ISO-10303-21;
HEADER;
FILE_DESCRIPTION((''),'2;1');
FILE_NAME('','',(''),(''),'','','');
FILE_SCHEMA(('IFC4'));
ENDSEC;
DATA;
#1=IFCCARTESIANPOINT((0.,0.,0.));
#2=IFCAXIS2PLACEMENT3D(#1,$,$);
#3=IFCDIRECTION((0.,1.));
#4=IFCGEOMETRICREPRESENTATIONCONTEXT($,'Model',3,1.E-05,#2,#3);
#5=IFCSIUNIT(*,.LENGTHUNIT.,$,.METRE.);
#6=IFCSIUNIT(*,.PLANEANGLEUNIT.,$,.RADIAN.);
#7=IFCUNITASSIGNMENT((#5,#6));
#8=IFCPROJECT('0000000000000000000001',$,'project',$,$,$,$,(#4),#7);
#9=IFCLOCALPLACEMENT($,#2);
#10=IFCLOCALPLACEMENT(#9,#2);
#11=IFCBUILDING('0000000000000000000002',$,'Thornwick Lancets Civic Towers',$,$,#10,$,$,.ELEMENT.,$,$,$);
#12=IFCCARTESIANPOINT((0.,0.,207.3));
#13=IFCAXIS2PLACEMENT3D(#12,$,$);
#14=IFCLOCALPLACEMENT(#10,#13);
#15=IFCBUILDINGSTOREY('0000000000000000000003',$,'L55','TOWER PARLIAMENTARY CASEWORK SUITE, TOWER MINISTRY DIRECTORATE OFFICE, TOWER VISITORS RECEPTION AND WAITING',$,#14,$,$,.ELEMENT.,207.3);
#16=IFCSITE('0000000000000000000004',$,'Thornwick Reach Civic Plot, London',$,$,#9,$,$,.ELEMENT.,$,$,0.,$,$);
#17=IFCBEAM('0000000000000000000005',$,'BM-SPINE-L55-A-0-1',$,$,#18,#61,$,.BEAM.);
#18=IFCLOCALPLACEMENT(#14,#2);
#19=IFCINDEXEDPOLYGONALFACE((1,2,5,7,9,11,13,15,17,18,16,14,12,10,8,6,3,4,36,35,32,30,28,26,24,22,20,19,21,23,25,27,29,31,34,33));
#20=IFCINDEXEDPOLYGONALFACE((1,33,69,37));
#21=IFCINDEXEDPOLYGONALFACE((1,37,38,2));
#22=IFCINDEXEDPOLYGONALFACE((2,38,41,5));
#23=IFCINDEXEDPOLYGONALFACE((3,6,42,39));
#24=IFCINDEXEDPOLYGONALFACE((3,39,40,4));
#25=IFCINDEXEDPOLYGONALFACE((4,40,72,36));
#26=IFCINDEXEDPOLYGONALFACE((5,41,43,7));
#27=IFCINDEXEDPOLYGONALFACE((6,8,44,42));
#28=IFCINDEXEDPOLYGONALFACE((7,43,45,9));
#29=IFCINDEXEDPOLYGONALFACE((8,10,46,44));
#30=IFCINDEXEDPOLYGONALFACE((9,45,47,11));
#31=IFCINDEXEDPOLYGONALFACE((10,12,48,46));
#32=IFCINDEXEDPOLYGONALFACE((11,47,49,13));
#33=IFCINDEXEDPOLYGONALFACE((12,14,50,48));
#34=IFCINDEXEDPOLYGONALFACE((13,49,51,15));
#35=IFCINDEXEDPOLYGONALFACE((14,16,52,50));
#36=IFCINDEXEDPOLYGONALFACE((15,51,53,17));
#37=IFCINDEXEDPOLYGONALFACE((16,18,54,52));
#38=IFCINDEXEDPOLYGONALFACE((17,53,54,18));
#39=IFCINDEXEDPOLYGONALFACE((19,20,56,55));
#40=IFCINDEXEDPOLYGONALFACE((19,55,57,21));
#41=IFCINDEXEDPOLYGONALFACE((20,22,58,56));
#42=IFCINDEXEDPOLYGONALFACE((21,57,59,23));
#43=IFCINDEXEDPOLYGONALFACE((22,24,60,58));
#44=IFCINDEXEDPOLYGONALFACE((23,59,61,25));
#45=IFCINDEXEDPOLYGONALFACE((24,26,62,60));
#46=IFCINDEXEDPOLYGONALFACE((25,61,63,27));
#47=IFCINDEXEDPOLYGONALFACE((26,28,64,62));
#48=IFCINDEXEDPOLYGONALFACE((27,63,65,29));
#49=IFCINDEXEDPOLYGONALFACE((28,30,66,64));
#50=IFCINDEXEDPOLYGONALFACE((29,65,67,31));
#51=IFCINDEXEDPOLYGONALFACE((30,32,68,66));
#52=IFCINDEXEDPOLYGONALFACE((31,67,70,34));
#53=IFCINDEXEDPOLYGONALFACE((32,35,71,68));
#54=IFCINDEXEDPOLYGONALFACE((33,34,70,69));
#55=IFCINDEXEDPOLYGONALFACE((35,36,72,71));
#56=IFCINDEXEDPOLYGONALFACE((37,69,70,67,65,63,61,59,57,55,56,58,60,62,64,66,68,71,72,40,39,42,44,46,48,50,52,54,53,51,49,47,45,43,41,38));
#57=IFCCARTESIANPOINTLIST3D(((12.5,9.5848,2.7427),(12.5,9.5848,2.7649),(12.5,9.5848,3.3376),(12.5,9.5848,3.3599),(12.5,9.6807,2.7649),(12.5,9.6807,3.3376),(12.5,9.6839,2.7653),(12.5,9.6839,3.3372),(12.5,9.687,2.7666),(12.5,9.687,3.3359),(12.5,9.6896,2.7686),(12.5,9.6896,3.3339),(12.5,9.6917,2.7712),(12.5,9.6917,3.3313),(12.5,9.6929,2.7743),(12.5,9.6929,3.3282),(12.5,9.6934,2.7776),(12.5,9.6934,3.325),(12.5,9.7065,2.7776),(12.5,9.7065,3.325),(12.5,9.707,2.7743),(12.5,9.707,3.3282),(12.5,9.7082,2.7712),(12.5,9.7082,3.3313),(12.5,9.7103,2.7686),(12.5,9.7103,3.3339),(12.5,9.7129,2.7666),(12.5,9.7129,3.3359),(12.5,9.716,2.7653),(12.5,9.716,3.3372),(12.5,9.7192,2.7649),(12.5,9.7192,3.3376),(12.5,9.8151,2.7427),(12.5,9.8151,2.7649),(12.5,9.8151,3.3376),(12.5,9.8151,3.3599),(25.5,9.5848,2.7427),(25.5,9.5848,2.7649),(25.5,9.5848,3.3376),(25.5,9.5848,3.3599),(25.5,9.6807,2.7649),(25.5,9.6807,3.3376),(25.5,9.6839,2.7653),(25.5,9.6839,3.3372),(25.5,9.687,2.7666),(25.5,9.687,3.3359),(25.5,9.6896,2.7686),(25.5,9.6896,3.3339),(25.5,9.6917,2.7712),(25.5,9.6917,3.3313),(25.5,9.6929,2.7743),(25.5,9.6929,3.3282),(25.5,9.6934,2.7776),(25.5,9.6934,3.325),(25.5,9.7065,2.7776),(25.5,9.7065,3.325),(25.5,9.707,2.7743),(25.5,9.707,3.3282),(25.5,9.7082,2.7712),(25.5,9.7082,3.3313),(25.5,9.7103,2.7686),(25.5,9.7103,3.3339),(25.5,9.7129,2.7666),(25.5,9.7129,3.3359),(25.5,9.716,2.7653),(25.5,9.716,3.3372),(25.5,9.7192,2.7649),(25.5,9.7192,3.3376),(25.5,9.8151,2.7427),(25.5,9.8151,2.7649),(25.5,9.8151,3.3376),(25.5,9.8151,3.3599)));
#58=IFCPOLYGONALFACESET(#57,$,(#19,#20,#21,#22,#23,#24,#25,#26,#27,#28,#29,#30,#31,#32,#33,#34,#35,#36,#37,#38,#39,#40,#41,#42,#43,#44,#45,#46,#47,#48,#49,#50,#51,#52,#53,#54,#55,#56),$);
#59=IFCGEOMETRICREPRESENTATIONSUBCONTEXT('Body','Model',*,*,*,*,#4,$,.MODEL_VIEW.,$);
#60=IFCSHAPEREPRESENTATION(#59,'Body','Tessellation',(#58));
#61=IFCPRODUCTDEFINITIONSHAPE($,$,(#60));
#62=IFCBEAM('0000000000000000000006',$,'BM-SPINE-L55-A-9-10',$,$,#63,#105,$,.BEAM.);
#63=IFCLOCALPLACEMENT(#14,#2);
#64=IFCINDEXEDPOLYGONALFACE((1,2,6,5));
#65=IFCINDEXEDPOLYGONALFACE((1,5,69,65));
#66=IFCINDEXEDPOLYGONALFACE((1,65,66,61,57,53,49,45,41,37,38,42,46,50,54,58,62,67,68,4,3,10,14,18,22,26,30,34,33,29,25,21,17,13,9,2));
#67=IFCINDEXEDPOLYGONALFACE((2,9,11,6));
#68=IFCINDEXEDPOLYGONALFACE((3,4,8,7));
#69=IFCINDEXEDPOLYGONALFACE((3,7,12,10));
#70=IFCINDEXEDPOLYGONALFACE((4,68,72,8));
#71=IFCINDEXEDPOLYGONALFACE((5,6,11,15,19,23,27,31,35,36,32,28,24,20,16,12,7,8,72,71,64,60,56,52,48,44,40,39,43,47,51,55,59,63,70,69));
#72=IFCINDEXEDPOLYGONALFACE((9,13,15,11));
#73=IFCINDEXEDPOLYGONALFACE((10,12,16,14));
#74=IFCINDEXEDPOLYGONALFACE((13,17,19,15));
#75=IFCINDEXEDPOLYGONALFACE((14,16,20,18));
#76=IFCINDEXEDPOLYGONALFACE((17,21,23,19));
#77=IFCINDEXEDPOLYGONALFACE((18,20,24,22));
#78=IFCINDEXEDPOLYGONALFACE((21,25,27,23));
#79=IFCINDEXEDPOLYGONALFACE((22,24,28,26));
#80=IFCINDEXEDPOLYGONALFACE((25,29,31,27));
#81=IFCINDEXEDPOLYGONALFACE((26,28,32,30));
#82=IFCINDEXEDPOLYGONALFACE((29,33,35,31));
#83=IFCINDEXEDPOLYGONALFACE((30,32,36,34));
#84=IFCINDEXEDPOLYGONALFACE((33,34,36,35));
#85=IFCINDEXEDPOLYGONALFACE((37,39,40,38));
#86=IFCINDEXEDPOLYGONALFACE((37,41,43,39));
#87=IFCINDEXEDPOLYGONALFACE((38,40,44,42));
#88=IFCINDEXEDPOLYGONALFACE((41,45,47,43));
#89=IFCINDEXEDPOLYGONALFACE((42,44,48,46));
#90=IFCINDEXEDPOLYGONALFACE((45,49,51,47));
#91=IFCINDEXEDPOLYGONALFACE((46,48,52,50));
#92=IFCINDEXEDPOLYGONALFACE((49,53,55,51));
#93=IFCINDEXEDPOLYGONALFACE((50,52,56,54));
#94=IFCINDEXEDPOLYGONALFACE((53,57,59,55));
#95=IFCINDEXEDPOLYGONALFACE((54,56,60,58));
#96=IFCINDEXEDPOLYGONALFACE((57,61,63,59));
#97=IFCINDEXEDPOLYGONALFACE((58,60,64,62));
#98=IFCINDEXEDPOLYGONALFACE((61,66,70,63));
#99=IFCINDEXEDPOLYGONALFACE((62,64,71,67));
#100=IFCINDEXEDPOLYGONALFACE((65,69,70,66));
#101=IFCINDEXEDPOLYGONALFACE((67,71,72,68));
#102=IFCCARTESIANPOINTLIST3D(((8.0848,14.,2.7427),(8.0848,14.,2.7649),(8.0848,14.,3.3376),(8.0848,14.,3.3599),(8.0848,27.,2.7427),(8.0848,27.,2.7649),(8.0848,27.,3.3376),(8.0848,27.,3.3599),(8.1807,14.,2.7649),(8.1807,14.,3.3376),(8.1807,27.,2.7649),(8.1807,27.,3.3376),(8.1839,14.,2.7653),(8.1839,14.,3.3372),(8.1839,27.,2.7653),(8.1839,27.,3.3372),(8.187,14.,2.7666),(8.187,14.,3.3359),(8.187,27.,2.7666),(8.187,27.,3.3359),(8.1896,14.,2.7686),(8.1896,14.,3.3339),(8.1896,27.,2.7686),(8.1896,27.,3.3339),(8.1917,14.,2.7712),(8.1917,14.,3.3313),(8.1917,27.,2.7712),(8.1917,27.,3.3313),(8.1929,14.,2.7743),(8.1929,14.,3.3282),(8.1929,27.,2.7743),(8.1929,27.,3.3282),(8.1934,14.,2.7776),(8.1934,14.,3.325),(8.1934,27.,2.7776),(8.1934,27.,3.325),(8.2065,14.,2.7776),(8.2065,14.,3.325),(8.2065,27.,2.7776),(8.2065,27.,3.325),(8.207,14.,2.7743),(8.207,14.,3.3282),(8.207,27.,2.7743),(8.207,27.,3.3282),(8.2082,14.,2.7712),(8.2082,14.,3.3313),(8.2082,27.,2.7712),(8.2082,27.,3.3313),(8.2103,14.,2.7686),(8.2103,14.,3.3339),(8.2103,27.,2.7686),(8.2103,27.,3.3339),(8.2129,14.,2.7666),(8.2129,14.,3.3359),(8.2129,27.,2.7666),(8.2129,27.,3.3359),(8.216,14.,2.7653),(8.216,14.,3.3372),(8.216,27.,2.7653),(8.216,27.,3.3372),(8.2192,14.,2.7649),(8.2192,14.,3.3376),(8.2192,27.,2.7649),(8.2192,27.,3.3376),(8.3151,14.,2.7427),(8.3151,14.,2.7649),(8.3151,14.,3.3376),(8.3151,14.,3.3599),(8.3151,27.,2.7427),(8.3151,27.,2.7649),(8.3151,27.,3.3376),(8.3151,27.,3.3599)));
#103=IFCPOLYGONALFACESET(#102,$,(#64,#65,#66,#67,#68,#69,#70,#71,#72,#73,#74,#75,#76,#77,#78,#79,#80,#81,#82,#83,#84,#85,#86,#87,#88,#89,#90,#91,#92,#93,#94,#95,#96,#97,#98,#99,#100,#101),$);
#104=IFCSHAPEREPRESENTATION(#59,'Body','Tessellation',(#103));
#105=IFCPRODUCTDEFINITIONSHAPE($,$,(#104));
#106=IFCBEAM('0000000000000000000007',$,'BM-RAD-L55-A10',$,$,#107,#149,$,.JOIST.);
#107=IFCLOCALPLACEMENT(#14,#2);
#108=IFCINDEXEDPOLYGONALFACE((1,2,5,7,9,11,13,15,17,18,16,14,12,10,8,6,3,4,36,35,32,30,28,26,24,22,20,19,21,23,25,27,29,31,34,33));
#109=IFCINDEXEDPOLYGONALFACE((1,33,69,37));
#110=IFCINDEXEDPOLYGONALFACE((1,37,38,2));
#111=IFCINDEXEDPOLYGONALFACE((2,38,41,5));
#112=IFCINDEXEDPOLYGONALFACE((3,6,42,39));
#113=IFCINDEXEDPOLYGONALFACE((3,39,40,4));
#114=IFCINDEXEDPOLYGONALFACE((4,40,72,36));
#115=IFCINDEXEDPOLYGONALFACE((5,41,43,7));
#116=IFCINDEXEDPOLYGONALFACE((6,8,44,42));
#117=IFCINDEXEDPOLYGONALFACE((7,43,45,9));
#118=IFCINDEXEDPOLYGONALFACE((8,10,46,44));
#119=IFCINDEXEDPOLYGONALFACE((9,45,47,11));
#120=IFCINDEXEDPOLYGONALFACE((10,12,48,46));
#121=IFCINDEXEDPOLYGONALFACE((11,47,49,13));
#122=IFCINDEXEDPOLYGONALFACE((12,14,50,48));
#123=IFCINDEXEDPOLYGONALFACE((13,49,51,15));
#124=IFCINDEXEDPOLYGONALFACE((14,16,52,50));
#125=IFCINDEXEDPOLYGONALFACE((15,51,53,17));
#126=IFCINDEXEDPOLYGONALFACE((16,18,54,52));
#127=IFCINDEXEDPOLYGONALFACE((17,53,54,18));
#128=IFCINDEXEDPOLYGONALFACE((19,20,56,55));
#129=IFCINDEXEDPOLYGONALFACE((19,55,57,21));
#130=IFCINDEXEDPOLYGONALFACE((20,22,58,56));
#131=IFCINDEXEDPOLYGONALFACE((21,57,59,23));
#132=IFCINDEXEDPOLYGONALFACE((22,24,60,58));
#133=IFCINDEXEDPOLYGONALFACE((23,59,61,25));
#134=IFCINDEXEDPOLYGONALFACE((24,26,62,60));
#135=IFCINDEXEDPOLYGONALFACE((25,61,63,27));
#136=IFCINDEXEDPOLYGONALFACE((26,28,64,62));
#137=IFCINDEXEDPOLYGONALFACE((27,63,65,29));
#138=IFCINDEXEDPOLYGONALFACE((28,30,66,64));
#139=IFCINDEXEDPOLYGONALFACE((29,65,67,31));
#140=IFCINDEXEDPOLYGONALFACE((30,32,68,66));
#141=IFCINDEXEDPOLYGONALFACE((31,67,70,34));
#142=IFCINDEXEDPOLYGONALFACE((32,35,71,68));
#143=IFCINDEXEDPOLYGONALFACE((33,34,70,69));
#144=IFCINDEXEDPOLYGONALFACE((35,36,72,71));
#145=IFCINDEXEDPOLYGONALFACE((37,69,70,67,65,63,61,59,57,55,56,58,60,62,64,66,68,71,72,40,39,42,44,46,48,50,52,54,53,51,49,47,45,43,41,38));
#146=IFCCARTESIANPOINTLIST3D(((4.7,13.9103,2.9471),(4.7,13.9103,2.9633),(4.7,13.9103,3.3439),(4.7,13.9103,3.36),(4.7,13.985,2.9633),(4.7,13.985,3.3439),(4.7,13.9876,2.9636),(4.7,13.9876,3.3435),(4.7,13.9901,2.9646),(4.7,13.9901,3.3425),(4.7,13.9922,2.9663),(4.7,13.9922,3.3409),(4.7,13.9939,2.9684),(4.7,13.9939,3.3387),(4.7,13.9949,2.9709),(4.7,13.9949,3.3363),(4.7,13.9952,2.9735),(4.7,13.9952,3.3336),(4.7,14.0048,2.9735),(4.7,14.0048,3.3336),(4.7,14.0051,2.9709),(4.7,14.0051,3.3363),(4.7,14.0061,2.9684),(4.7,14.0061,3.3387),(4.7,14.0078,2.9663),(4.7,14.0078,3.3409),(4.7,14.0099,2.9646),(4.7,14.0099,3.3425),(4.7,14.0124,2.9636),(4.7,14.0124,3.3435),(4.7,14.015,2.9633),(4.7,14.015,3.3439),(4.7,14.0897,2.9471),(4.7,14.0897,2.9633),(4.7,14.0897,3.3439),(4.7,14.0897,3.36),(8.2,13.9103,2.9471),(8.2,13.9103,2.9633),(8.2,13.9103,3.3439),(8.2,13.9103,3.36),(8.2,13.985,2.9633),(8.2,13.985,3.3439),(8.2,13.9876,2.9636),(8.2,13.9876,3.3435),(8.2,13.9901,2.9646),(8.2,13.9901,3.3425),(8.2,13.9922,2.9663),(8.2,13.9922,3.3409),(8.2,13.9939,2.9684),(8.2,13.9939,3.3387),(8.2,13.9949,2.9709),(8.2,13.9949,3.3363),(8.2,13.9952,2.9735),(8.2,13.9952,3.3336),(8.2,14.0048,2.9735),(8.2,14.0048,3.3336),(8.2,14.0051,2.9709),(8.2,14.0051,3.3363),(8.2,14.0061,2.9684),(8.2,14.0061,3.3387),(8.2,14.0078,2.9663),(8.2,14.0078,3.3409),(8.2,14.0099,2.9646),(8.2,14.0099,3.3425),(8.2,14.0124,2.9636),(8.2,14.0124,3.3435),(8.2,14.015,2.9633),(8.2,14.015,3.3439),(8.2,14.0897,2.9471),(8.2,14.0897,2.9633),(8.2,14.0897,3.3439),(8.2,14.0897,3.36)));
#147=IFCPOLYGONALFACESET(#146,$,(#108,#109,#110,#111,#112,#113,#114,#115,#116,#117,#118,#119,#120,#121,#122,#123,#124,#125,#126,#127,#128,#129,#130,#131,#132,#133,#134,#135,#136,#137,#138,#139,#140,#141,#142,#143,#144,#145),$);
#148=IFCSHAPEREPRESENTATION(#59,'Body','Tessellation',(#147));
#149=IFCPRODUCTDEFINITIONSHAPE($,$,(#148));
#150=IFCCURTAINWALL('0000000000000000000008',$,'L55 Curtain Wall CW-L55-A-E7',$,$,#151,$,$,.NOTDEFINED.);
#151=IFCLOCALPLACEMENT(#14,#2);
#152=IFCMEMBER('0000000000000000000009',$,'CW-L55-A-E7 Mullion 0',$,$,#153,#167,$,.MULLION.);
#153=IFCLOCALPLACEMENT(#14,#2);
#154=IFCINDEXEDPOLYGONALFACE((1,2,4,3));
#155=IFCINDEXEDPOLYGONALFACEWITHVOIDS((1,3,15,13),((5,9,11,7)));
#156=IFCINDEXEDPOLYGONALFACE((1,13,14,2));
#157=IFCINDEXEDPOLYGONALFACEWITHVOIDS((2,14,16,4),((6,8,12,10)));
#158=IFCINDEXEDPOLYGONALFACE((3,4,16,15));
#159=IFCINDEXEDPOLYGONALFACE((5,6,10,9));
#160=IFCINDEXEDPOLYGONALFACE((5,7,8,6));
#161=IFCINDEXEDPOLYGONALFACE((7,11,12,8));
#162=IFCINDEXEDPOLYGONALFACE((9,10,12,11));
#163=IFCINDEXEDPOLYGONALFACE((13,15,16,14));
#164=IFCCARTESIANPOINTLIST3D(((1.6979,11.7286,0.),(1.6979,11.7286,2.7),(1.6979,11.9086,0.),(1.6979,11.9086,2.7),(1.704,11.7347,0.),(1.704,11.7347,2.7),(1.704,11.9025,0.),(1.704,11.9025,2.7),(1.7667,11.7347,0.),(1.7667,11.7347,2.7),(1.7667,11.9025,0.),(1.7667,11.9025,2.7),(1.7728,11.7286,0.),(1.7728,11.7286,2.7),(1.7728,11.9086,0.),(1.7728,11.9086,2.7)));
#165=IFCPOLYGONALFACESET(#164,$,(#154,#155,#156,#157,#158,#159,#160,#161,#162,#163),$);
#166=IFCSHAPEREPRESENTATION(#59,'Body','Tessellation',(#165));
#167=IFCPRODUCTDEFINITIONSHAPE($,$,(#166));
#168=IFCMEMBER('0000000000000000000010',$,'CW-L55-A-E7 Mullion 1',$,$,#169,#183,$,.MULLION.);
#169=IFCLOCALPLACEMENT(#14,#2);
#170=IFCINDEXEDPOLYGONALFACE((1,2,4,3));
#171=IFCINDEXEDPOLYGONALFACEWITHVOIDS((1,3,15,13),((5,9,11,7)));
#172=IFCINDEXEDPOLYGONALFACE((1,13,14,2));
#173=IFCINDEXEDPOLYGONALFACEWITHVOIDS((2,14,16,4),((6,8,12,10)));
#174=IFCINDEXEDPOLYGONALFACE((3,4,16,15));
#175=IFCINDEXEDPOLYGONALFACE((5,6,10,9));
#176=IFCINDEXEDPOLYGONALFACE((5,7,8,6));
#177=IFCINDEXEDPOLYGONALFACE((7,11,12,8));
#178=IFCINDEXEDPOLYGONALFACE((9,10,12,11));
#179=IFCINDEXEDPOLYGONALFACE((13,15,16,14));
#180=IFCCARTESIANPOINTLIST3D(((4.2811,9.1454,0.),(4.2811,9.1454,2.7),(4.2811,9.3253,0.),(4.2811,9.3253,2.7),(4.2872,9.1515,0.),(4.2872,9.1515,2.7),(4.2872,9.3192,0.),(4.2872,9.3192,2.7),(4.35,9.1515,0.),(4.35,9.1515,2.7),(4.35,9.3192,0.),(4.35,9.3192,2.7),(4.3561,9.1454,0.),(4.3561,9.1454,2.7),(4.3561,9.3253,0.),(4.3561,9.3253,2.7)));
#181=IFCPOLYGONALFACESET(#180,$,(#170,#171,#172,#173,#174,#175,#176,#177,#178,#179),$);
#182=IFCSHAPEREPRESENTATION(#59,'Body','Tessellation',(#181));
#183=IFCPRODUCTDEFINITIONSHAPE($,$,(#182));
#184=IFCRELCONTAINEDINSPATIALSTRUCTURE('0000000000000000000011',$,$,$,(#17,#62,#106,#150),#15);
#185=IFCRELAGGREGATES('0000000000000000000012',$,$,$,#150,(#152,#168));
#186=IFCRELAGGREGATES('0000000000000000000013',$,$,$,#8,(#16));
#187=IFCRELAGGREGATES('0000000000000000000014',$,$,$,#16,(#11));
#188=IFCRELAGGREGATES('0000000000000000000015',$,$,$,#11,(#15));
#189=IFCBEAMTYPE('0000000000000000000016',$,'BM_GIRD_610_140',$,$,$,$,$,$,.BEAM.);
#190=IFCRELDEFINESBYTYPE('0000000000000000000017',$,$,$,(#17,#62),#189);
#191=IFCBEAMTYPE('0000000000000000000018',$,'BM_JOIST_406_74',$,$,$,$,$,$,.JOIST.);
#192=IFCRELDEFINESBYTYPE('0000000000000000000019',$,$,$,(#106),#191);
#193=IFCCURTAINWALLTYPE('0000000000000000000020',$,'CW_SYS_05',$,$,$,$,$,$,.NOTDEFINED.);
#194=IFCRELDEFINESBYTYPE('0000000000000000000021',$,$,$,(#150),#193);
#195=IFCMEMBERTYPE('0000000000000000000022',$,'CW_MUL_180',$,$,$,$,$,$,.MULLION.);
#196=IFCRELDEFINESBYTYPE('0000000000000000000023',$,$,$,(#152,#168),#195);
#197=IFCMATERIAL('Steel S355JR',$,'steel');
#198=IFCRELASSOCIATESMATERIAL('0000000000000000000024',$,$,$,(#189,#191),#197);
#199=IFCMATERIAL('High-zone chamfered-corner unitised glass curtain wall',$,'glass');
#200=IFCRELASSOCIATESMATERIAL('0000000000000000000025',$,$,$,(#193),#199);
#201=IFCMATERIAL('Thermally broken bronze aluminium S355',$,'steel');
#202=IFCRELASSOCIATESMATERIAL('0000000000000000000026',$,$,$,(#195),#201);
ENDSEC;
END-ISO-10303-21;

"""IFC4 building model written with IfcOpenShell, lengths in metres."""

from ifc_helpers import new_model, si_unit, direction, frame, origin, origin_2d, place, context, subcontext, project, spatial, hollow_rectangle, i_section, extrude, material, material_profile, profile_set, type_object, element, aggregate, save


model = new_model("IFC4")

# Units and contexts
model_context = context("Model", 3, precision=1e-05, world=origin(), true_north=direction((0.0, 1.0)))
body_context = subcontext(model_context, "Body", "Model", "MODEL_VIEW")
ifc_project = project(units=[si_unit("LENGTHUNIT", "METRE"), si_unit("PLANEANGLEUNIT", "RADIAN")], contexts=[model_context])

# Site, building, storey
site_placement = place(None, origin())
site = spatial("IfcSite", under=ifc_project, at=site_placement, Name="Thornwick Reach Civic Plot, London", CompositionType="ELEMENT", RefElevation=0.0)
building_placement = place(site_placement, origin())
building = spatial("IfcBuilding", under=site, at=building_placement, Name="Thornwick Lancets Civic Towers", CompositionType="ELEMENT")
storey_placement = place(building_placement, frame((0.0, 0.0, 207.3)))
storey = spatial("IfcBuildingStorey", under=building, at=storey_placement, Name="L55", Description="TOWER PARLIAMENTARY CASEWORK SUITE, TOWER MINISTRY DIRECTORATE OFFICE, TOWER VISITORS RECEPTION AND WAITING", CompositionType="ELEMENT", Elevation=207.3)

# Shared definitions
ifc_material_1 = material(Name="Steel S355JR", Category="steel")

# Beams
ifc_material_profile_1 = material_profile(ifc_material_1, i_section(OverallWidth=0.2302, OverallDepth=0.6172, WebThickness=0.0132, FlangeThickness=0.0222, FilletRadius=0.0127, at=origin_2d()), Name="UKB 610x229x140")
ifc_profile_set_1 = profile_set([ifc_material_profile_1], Name="Steel S355JR")
beam_type_1 = type_object("IfcBeamType", Name="BM_GIRD_610_140", PredefinedType="BEAM", material=ifc_profile_set_1)
for number, where, z_axis, x_axis, name in (
    (1, (12.5, 9.7, 3.0513), (1.0, 0.0, 0.0), (0.0, 1.0, 0.0), "BM-SPINE-L55-A-0-1"),
    (2, (8.2, 14.0, 3.0513), (0.0, 1.0, 0.0), (-1.0, 0.0, 0.0), "BM-SPINE-L55-A-9-10"),
):
    element("IfcBeam", number, at=place(storey_placement, frame(where, z_axis=z_axis, x_axis=x_axis)), inside=storey, type_object=beam_type_1, Name=name, PredefinedType="BEAM", context=body_context, shape_type="SweptSolid", body=[
        extrude(i_section(OverallWidth=0.2302, OverallDepth=0.6172, WebThickness=0.0132, FlangeThickness=0.0222, FilletRadius=0.0127, at=origin_2d()), origin(), (0.0, 0.0, 1.0), 13.0),
    ])
ifc_material_profile_2 = material_profile(ifc_material_1, i_section(OverallWidth=0.1794, OverallDepth=0.4128, WebThickness=0.0095, FlangeThickness=0.0161, FilletRadius=0.0103, at=origin_2d()), Name="UKB 406x178x74")
ifc_profile_set_2 = profile_set([ifc_material_profile_2], Name="Steel S355JR")
beam_type_2 = type_object("IfcBeamType", Name="BM_JOIST_406_74", PredefinedType="JOIST", material=ifc_profile_set_2)
beam_1_placement = place(storey_placement, frame((8.2, 14.0, 3.1536), z_axis=(-1.0, 0.0, 0.0), x_axis=(0.0, -1.0, 0.0)))
element("IfcBeam", 3, at=beam_1_placement, inside=storey, type_object=beam_type_2, Name="BM-RAD-L55-A10", PredefinedType="JOIST", context=body_context, shape_type="SweptSolid", body=[
    extrude(i_section(OverallWidth=0.1794, OverallDepth=0.4128, WebThickness=0.0095, FlangeThickness=0.0161, FilletRadius=0.0103, at=origin_2d()), origin(), (0.0, 0.0, 1.0), 3.5),
])

# Curtain wall, members
ifc_material_2 = material(Name="High-zone chamfered-corner unitised glass curtain wall", Category="glass")
curtain_wall_type = type_object("IfcCurtainWallType", Name="CW_SYS_05", PredefinedType="NOTDEFINED", material=ifc_material_2)
curtain_wall_placement = place(storey_placement, origin())
curtain_wall = element("IfcCurtainWall", 4, at=curtain_wall_placement, inside=storey, type_object=curtain_wall_type, Name="L55 Curtain Wall CW-L55-A-E7", PredefinedType="NOTDEFINED")
ifc_material_3 = material(Name="Thermally broken bronze aluminium S355", Category="steel")
ifc_material_profile_3 = material_profile(ifc_material_3, hollow_rectangle(XDim=0.075, YDim=0.1799, WallThickness=0.0061, at=origin_2d()), Name="RHS 180x75x6")
ifc_profile_set_3 = profile_set([ifc_material_profile_3], Name="Thermally broken bronze aluminium S355")
member_type_1 = type_object("IfcMemberType", Name="CW_MUL_180", PredefinedType="MULLION", material=ifc_profile_set_3)
member_1_placement = place(storey_placement, frame((1.7354, 11.8186, 0.0), z_axis=(0.0, 0.0, 1.0), x_axis=(1.0, 0.0, 0.0)))
member_1 = element("IfcMember", 5, at=member_1_placement, type_object=member_type_1, Name="CW-L55-A-E7 Mullion 0", PredefinedType="MULLION", context=body_context, shape_type="SweptSolid", body=[
    extrude(hollow_rectangle(XDim=0.075, YDim=0.1799, WallThickness=0.0061, at=origin_2d()), origin(), (0.0, 0.0, 1.0), 2.7),
])
member_2_placement = place(storey_placement, frame((4.3186, 9.2354, 0.0), z_axis=(0.0, 0.0, 1.0), x_axis=(1.0, 0.0, 0.0)))
member_2 = element("IfcMember", 6, at=member_2_placement, type_object=member_type_1, Name="CW-L55-A-E7 Mullion 1", PredefinedType="MULLION", context=body_context, shape_type="SweptSolid", body=[
    extrude(hollow_rectangle(XDim=0.075, YDim=0.1799, WallThickness=0.0061, at=origin_2d()), origin(), (0.0, 0.0, 1.0), 2.7),
])
aggregate(curtain_wall, [member_1, member_2])

save(model, "model.ifc")
